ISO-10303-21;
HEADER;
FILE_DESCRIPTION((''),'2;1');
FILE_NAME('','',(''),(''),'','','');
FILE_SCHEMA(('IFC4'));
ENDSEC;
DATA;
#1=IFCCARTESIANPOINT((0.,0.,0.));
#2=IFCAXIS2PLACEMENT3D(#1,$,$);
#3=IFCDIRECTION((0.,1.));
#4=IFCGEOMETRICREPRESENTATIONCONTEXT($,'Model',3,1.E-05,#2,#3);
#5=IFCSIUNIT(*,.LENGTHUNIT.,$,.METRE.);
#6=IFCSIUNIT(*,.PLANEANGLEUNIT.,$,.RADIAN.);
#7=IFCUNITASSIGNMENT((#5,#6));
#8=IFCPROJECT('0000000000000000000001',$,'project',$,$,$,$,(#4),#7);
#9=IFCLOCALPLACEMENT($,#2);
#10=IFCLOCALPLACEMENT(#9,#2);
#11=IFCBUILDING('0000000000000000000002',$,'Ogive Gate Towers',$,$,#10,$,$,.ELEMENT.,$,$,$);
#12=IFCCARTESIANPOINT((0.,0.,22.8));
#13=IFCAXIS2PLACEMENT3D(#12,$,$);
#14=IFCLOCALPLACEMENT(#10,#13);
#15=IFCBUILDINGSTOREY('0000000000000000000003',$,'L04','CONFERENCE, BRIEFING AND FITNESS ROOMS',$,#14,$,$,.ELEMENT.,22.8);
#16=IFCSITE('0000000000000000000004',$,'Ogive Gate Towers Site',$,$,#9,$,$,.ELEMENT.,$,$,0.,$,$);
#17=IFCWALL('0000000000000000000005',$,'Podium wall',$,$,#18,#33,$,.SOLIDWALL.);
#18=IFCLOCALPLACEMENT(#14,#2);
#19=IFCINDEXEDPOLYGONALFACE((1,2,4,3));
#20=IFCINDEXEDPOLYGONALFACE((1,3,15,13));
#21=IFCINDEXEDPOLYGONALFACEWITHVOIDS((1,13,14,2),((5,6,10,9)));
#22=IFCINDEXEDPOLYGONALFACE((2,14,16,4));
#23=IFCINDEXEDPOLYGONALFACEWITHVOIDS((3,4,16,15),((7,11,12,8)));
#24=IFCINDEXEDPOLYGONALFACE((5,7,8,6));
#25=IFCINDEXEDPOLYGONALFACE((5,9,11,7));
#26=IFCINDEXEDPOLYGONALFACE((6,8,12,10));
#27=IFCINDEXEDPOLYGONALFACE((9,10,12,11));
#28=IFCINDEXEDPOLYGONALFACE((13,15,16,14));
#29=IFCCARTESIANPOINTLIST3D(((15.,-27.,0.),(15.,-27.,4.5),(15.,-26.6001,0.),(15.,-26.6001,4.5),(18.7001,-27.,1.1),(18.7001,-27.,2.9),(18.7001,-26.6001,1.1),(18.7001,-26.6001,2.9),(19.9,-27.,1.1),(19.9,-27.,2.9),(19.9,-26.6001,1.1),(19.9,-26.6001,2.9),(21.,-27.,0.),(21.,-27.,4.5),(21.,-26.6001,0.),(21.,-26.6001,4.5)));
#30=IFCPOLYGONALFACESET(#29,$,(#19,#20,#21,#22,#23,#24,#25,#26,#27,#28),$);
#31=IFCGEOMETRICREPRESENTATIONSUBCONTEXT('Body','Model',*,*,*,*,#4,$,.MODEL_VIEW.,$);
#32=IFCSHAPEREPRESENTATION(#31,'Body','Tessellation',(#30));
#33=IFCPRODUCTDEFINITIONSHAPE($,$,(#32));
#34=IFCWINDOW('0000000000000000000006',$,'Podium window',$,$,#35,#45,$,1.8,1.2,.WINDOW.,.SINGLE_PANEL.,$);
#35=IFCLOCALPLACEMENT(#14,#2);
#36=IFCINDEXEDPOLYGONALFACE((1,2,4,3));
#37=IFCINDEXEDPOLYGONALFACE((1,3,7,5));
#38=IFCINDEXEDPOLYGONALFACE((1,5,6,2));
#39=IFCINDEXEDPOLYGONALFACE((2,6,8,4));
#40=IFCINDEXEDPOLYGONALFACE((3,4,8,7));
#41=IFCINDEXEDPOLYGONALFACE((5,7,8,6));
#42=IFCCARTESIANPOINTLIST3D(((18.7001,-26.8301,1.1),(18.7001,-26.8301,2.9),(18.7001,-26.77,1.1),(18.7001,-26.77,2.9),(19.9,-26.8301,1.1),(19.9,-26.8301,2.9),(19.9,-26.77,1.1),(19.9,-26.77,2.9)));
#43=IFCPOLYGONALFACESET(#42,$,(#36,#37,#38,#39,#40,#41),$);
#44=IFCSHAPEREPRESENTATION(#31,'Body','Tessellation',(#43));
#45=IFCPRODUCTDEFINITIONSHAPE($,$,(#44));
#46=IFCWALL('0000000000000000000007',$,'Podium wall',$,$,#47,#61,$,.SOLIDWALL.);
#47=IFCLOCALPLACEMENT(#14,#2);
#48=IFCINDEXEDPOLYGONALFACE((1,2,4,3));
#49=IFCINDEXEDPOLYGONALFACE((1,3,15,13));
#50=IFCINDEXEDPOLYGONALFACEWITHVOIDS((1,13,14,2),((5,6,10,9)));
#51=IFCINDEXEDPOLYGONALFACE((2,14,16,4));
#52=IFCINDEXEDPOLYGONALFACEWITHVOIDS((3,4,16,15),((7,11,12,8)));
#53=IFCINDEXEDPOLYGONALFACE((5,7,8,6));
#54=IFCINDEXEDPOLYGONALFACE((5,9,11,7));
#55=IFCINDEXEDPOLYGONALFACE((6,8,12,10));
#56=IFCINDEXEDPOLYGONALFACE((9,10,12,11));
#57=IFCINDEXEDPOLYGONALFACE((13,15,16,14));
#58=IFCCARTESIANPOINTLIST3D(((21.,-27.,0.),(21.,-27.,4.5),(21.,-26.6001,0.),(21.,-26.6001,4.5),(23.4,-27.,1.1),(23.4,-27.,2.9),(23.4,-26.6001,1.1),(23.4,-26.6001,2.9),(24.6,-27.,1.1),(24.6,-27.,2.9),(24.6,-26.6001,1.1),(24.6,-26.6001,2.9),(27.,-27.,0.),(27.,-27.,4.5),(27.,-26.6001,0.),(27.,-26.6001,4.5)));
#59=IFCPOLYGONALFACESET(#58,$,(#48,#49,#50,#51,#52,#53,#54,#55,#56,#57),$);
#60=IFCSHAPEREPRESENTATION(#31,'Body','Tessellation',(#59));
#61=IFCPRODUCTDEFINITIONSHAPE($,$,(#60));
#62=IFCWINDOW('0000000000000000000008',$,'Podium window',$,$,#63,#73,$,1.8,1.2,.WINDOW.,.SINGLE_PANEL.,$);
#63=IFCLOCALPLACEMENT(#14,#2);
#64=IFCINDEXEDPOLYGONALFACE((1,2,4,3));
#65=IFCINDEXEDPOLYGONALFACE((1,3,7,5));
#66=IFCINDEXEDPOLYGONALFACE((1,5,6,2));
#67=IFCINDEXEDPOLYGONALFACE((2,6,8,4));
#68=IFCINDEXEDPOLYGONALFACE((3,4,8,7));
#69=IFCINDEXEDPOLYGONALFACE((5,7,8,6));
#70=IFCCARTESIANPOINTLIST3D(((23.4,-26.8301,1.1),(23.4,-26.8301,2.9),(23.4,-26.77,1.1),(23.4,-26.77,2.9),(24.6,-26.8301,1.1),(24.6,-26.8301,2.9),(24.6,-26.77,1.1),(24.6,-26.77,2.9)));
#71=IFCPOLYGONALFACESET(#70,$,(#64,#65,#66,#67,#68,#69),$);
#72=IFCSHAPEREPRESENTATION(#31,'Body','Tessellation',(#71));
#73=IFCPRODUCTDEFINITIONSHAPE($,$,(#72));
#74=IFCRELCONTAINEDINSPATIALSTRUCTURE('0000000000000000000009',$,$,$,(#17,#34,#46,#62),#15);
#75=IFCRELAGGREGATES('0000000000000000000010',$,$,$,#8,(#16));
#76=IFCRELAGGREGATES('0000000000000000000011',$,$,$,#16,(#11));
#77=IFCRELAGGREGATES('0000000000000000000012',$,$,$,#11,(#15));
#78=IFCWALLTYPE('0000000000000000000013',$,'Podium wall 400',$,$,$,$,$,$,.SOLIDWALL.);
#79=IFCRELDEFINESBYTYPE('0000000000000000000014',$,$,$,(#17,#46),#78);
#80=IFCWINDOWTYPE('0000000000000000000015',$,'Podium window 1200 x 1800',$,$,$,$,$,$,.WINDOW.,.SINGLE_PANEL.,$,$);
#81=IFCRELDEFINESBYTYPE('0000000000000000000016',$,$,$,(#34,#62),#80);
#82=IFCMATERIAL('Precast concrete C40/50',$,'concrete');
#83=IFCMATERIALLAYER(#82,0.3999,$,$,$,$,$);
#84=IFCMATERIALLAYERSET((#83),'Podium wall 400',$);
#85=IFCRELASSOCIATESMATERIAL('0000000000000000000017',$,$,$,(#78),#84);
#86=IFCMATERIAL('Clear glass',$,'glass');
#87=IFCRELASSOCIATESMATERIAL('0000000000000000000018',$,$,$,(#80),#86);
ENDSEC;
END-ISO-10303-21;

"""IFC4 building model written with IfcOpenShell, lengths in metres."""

from ifc_helpers import new_model, si_unit, direction, frame, frame_2d, origin, place, context, subcontext, project, spatial, rectangle, extrude, material, layer, layer_set, type_object, element, fill, save


model = new_model("IFC4")

# Units and contexts
model_context = context("Model", 3, precision=1e-05, world=origin(), true_north=direction((0.0, 1.0)))
body_context = subcontext(model_context, "Body", "Model", "MODEL_VIEW")
ifc_project = project(units=[si_unit("LENGTHUNIT", "METRE"), si_unit("PLANEANGLEUNIT", "RADIAN")], contexts=[model_context])

# Site, building, storey
site_placement = place(None, origin())
site = spatial("IfcSite", under=ifc_project, at=site_placement, Name="Ogive Gate Towers Site", CompositionType="ELEMENT", RefElevation=0.0)
building_placement = place(site_placement, origin())
building = spatial("IfcBuilding", under=site, at=building_placement, Name="Ogive Gate Towers", CompositionType="ELEMENT")
storey_placement = place(building_placement, frame((0.0, 0.0, 22.8)))
storey = spatial("IfcBuildingStorey", under=building, at=storey_placement, Name="L04", Description="CONFERENCE, BRIEFING AND FITNESS ROOMS", CompositionType="ELEMENT", Elevation=22.8)

# Walls, openings, windows
ifc_material_1 = material(Name="Precast concrete C40/50", Category="concrete")
ifc_layer_1 = layer(ifc_material_1, 0.3999)
ifc_layer_set_1 = layer_set([ifc_layer_1], Name="Podium wall 400")
wall_type_1 = type_object("IfcWallType", Name="Podium wall 400", PredefinedType="SOLIDWALL", material=ifc_layer_set_1)
ifc_material_2 = material(Name="Clear glass", Category="glass")
window_type = type_object("IfcWindowType", Name="Podium window 1200 x 1800", PartitioningType="SINGLE_PANEL", PredefinedType="WINDOW", material=ifc_material_2)
wall_1_placement = place(storey_placement, frame((15.0, -26.8, 0.0), z_axis=(0.0, 0.0, 1.0), x_axis=(1.0, 0.0, 0.0)))
wall_1 = element("IfcWall", 1, at=wall_1_placement, inside=storey, type_object=wall_type_1, Name="Podium wall", PredefinedType="SOLIDWALL", context=body_context, shape_type="SweptSolid", body=[
    extrude(rectangle(XDim=6.0, YDim=0.3999, at=frame_2d((3.0, 0.0))), origin(), (0.0, 0.0, 1.0), 4.5),
])
opening_1_placement = place(wall_1_placement, frame((3.7, 0.0, 1.1001)))
opening_1 = element("IfcOpeningElement", 2, at=opening_1_placement, cuts=wall_1, PredefinedType="OPENING", context=body_context, shape_type="SweptSolid", body=[
    extrude(rectangle(XDim=1.2, YDim=1.8, at=frame_2d((0.6001, 0.8999))), frame((0.0, 0.21, 0.0), z_axis=(0.0, -1.0, 0.0), x_axis=(1.0, 0.0, 0.0)), (0.0, 0.0, 1.0), 0.4199),
])
window_1_placement = place(opening_1_placement, origin())
window_1 = element("IfcWindow", 3, at=window_1_placement, inside=storey, type_object=window_type, Name="Podium window", OverallHeight=1.8, OverallWidth=1.2, PartitioningType="SINGLE_PANEL", PredefinedType="WINDOW", context=body_context, shape_type="SweptSolid", body=[
    extrude(rectangle(XDim=1.2, YDim=1.8, at=frame_2d((0.6001, 0.8999))), frame((0.0, 0.03, 0.0), z_axis=(0.0, -1.0, 0.0), x_axis=(1.0, 0.0, 0.0)), (0.0, 0.0, 1.0), 0.0601),
])
fill(opening_1, window_1)
wall_2_placement = place(storey_placement, frame((21.0, -26.8, 0.0), z_axis=(0.0, 0.0, 1.0), x_axis=(1.0, 0.0, 0.0)))
wall_2 = element("IfcWall", 4, at=wall_2_placement, inside=storey, type_object=wall_type_1, Name="Podium wall", PredefinedType="SOLIDWALL", context=body_context, shape_type="SweptSolid", body=[
    extrude(rectangle(XDim=6.0, YDim=0.3999, at=frame_2d((3.0, 0.0))), origin(), (0.0, 0.0, 1.0), 4.5),
])
opening_2_placement = place(wall_2_placement, frame((2.3999, 0.0, 1.1001)))
opening_2 = element("IfcOpeningElement", 5, at=opening_2_placement, cuts=wall_2, PredefinedType="OPENING", context=body_context, shape_type="SweptSolid", body=[
    extrude(rectangle(XDim=1.2, YDim=1.8, at=frame_2d((0.6001, 0.8999))), frame((0.0, 0.21, 0.0), z_axis=(0.0, -1.0, 0.0), x_axis=(1.0, 0.0, 0.0)), (0.0, 0.0, 1.0), 0.4199),
])
window_2_placement = place(opening_2_placement, origin())
window_2 = element("IfcWindow", 6, at=window_2_placement, inside=storey, type_object=window_type, Name="Podium window", OverallHeight=1.8, OverallWidth=1.2, PartitioningType="SINGLE_PANEL", PredefinedType="WINDOW", context=body_context, shape_type="SweptSolid", body=[
    extrude(rectangle(XDim=1.2, YDim=1.8, at=frame_2d((0.6001, 0.8999))), frame((0.0, 0.03, 0.0), z_axis=(0.0, -1.0, 0.0), x_axis=(1.0, 0.0, 0.0)), (0.0, 0.0, 1.0), 0.0601),
])
fill(opening_2, window_2)

save(model, "model.ifc")
